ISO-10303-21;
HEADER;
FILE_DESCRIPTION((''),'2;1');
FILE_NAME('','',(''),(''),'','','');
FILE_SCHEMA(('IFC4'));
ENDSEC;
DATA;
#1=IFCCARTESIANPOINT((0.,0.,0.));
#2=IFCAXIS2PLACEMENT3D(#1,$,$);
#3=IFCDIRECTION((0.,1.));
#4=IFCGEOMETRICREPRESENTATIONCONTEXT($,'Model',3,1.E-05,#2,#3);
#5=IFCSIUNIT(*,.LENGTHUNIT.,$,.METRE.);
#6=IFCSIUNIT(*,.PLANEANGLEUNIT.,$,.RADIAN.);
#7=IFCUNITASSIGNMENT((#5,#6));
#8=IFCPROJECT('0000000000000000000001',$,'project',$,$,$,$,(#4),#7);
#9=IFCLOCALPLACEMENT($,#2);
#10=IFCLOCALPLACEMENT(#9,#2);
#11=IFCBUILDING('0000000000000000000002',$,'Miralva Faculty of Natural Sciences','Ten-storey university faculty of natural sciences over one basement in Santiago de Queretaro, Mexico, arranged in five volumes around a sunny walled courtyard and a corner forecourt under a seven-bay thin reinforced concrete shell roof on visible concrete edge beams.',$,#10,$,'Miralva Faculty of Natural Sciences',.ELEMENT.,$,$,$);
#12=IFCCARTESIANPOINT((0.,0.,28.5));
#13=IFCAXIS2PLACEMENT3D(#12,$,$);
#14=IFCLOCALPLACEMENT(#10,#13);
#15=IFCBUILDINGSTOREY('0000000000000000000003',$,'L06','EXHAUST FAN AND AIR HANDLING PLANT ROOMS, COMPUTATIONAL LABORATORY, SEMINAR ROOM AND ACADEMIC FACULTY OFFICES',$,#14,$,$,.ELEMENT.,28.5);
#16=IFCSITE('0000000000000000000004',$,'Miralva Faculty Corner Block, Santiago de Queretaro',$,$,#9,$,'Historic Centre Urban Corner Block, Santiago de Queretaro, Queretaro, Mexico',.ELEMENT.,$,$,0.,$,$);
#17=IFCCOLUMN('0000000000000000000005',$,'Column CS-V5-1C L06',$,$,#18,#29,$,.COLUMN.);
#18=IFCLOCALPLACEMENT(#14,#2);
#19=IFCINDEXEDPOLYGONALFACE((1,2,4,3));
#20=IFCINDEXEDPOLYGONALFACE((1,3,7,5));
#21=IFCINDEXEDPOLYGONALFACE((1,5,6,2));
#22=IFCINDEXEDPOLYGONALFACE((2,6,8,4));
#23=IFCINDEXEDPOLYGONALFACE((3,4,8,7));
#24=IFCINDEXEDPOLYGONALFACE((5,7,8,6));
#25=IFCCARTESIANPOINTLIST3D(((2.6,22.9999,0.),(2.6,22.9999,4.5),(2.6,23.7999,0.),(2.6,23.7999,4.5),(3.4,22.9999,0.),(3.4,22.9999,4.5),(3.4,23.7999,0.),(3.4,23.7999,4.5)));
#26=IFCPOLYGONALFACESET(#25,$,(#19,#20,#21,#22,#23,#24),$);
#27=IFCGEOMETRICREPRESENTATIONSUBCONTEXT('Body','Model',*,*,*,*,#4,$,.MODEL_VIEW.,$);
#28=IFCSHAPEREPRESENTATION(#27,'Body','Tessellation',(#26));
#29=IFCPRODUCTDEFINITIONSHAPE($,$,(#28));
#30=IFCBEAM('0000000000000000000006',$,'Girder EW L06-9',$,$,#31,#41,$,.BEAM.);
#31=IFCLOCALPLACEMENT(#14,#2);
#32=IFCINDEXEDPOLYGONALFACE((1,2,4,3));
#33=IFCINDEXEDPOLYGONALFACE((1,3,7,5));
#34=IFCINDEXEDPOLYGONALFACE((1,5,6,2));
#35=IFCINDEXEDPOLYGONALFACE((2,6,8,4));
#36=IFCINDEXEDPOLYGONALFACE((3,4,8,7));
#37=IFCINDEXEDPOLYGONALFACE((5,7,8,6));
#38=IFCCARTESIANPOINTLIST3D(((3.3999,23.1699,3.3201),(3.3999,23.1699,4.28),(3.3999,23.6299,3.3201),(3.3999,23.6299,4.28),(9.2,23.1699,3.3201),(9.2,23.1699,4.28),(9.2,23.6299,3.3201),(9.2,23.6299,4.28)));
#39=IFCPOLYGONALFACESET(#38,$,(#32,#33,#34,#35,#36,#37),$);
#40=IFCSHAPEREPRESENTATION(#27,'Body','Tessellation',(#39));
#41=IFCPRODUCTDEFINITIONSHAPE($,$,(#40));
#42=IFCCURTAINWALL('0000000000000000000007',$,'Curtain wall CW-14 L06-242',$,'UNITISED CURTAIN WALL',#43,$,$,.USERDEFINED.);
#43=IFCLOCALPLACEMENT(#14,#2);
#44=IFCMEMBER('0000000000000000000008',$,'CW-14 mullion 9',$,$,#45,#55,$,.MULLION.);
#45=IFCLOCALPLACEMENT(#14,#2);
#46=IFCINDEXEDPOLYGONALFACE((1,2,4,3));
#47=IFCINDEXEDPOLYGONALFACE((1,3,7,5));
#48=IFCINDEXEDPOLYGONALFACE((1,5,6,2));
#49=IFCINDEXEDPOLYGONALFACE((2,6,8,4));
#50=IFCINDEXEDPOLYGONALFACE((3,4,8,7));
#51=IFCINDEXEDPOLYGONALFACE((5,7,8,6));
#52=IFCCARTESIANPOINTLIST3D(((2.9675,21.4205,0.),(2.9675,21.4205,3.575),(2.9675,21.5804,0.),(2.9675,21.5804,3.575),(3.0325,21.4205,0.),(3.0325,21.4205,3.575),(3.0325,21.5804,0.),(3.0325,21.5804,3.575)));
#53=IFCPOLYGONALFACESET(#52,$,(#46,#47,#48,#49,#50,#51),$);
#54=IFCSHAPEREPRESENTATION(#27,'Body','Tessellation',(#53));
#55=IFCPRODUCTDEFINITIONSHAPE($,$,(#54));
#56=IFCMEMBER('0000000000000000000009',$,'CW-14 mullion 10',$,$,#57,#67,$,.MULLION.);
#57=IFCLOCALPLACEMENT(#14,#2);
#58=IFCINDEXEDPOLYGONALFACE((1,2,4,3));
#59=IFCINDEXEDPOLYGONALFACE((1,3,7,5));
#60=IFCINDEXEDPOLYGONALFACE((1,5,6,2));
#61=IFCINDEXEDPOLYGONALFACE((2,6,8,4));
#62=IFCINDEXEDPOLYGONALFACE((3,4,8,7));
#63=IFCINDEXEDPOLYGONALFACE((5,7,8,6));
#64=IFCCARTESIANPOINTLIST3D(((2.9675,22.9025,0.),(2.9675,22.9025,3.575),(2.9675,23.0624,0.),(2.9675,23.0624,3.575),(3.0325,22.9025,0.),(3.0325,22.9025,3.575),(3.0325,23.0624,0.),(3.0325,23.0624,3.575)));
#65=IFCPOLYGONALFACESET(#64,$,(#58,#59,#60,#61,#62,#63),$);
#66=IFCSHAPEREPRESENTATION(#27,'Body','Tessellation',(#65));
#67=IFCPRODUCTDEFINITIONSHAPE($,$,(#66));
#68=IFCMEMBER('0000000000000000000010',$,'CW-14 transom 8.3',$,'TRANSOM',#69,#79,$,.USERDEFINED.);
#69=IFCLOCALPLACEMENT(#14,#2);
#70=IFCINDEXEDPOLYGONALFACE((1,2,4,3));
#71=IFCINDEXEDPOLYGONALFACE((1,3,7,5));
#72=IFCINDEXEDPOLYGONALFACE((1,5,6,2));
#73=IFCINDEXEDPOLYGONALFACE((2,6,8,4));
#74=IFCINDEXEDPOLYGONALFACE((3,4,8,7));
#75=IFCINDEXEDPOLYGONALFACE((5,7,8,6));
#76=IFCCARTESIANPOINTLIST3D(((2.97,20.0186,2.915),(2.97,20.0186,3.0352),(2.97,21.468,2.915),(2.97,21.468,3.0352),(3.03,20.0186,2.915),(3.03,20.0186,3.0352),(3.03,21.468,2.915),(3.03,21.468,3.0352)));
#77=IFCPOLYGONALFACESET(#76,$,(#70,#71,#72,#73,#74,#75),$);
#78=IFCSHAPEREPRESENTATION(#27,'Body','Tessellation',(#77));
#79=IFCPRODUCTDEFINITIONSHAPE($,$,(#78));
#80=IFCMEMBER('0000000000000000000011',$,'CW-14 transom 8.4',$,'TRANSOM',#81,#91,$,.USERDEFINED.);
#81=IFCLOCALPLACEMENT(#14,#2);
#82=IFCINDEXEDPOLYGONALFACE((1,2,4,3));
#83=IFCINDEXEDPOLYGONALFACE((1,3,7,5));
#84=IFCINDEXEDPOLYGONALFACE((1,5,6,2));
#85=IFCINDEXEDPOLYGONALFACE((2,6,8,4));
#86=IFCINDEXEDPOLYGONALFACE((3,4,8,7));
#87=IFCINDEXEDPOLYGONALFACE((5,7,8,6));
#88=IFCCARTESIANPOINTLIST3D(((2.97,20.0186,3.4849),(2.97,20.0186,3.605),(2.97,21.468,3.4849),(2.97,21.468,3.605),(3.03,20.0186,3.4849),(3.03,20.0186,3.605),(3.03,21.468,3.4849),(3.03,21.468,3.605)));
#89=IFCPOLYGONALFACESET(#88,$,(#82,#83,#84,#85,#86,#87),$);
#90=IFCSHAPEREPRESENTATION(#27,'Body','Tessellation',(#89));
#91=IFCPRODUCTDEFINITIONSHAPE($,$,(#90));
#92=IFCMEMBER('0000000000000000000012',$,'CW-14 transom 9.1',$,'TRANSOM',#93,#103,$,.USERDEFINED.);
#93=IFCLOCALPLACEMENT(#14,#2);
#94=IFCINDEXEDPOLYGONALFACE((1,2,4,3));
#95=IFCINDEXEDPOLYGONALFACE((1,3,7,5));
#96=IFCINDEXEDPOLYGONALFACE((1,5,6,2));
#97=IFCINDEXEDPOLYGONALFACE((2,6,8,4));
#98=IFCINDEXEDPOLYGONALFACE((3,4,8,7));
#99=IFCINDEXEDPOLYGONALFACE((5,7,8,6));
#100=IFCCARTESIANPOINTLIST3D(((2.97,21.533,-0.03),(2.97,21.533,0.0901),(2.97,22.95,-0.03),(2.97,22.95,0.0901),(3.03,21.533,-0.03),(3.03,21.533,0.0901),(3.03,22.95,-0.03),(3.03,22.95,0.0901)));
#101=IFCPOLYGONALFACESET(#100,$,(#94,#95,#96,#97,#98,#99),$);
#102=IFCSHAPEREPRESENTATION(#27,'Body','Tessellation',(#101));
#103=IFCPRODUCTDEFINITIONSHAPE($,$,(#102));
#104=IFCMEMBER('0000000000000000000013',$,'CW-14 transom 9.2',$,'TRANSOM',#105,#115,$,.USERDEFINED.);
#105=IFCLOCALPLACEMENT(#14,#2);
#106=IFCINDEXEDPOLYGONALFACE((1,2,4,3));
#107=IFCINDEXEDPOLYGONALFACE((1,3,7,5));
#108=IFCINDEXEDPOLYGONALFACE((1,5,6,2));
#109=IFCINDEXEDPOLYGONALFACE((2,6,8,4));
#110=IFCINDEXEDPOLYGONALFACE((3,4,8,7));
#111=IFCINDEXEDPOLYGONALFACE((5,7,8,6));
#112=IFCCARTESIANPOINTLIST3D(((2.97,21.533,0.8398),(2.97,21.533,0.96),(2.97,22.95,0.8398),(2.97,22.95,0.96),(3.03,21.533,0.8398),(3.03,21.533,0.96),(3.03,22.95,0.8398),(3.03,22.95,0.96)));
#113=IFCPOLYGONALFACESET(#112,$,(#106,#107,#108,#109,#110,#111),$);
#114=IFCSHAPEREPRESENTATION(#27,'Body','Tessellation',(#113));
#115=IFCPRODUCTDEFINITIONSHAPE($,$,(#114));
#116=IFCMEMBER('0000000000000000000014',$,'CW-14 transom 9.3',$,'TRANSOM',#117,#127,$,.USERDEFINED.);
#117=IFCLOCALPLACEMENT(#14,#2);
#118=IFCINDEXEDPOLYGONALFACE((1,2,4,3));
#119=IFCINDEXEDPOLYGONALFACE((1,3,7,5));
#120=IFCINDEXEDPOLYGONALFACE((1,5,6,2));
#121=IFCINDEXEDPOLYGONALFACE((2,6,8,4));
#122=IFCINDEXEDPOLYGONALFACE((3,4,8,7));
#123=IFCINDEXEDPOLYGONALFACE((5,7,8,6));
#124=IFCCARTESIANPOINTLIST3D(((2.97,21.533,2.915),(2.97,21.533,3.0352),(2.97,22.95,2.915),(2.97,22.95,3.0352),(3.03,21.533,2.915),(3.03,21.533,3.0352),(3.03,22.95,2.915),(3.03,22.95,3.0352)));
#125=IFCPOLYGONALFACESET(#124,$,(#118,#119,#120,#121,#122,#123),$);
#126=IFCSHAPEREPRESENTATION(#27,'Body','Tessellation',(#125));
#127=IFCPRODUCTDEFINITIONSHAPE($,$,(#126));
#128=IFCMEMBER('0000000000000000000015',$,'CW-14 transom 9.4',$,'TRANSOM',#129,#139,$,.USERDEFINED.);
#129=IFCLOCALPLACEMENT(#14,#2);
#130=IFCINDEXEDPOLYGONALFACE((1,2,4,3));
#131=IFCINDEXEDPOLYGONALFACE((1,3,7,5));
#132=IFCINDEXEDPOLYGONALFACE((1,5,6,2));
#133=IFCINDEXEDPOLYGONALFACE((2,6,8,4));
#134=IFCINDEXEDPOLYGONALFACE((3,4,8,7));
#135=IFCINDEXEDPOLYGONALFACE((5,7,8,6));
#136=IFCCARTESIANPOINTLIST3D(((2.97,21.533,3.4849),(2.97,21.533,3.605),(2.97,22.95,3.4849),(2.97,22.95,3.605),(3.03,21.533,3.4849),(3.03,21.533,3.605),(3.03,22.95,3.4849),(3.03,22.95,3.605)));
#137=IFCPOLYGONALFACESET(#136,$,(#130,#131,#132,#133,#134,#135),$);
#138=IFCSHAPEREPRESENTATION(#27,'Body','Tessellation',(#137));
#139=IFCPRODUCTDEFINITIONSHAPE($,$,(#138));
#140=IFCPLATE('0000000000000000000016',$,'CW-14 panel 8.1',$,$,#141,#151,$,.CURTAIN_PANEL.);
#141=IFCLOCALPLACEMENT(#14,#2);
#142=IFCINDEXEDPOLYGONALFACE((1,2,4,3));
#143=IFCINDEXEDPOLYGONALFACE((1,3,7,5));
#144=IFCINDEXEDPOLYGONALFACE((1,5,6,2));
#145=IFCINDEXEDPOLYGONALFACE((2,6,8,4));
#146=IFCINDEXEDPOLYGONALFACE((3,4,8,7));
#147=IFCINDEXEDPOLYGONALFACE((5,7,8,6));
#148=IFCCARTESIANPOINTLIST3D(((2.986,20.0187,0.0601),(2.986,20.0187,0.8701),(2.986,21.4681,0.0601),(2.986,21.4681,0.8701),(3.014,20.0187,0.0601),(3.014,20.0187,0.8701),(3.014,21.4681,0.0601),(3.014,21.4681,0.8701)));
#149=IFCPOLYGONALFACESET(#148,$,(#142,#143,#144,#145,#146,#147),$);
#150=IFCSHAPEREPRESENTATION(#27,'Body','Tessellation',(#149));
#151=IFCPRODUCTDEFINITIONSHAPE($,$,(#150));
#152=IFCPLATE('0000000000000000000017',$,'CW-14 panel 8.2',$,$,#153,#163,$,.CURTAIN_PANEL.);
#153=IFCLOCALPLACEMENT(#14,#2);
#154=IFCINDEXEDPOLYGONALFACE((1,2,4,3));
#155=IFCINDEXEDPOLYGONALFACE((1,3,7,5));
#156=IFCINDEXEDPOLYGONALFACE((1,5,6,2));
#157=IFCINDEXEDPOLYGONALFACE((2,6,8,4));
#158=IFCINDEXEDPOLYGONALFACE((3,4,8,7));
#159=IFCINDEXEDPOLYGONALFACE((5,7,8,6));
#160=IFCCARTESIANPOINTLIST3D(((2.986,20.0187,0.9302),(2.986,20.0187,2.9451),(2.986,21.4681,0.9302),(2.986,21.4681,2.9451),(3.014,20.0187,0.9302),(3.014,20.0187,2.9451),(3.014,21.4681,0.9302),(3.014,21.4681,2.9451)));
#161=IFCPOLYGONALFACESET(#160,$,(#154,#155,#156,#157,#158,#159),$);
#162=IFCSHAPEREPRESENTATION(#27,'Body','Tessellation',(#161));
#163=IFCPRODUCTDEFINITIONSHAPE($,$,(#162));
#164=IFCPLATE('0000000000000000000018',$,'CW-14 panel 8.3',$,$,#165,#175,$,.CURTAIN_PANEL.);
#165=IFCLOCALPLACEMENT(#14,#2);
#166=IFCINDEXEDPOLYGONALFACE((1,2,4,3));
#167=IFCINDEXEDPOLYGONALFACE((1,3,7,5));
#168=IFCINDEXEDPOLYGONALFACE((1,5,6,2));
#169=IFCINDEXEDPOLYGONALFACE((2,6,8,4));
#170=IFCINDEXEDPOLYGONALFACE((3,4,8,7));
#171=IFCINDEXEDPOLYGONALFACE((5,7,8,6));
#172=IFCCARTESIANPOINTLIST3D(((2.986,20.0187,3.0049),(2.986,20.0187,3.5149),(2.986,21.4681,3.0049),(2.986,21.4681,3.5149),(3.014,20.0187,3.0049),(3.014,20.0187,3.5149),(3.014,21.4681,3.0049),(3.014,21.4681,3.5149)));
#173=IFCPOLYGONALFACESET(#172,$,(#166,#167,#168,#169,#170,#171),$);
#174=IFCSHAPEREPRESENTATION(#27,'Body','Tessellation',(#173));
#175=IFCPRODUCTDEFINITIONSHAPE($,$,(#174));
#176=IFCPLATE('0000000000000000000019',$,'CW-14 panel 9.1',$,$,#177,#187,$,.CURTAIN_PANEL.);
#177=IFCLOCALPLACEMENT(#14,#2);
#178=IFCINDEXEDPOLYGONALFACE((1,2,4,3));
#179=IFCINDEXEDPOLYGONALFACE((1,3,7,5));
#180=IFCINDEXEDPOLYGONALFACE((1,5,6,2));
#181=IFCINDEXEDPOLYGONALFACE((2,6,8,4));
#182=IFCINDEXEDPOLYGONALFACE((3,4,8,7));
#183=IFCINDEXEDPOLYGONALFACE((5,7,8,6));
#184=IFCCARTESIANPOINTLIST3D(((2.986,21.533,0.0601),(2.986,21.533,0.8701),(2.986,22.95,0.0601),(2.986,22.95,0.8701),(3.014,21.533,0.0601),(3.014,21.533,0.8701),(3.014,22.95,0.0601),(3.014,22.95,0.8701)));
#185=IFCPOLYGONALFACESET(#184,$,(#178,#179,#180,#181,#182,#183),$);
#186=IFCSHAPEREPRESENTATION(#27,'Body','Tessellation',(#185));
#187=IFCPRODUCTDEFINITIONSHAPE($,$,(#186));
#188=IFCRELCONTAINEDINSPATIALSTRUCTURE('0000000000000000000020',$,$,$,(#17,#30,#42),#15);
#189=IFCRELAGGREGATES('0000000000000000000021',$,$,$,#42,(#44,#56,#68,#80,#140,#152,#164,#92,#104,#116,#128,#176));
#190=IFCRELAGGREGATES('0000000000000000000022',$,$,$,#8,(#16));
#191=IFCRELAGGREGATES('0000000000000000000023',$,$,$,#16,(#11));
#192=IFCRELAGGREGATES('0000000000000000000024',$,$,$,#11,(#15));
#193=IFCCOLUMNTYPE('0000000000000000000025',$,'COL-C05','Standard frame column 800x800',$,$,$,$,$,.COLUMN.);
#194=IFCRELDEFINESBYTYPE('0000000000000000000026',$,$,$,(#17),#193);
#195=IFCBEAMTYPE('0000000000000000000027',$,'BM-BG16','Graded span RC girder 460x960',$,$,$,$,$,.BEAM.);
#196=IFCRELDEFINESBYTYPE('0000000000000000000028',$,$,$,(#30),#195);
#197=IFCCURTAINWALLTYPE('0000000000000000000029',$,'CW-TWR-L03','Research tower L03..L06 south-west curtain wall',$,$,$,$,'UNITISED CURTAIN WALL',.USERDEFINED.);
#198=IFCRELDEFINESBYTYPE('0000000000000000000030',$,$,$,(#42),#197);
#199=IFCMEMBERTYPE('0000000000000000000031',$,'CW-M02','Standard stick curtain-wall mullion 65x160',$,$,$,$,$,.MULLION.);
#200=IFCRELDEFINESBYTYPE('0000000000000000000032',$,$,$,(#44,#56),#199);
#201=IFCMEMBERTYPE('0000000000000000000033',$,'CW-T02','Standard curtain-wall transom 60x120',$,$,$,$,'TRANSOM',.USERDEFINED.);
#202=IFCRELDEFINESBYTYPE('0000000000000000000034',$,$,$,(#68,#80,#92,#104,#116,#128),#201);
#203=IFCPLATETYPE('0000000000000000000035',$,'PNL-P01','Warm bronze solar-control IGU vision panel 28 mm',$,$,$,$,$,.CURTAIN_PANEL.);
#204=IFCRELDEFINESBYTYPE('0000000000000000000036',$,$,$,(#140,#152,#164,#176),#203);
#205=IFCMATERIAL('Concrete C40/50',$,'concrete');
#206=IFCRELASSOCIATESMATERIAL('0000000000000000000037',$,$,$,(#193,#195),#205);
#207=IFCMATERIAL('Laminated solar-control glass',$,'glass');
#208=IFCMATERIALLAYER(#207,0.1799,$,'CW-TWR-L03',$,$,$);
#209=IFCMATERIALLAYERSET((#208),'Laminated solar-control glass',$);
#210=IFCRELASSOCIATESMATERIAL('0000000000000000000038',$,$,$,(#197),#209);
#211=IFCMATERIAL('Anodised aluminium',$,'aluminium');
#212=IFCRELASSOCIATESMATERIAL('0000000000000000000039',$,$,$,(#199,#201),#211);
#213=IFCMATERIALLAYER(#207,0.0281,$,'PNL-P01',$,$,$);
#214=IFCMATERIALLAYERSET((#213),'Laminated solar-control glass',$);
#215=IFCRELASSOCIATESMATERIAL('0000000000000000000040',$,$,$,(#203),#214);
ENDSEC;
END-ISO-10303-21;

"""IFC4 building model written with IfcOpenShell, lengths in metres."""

from ifc_helpers import new_model, si_unit, direction, frame, origin, origin_2d, place, context, subcontext, project, spatial, rectangle, extrude, material, layer, layer_set, material_profile, profile_set, type_object, element, aggregate, save


model = new_model("IFC4")

# Units and contexts
model_context = context("Model", 3, precision=1e-05, world=origin(), true_north=direction((0.0, 1.0)))
body_context = subcontext(model_context, "Body", "Model", "MODEL_VIEW")
ifc_project = project(units=[si_unit("LENGTHUNIT", "METRE"), si_unit("PLANEANGLEUNIT", "RADIAN")], contexts=[model_context])

# Site, building, storey
site_placement = place(None, origin())
site = spatial("IfcSite", under=ifc_project, at=site_placement, Name="Miralva Faculty Corner Block, Santiago de Queretaro", LongName="Historic Centre Urban Corner Block, Santiago de Queretaro, Queretaro, Mexico", CompositionType="ELEMENT", RefElevation=0.0)
building_placement = place(site_placement, origin())
building = spatial("IfcBuilding", under=site, at=building_placement, Name="Miralva Faculty of Natural Sciences", Description="Ten-storey university faculty of natural sciences over one basement in Santiago de Queretaro, Mexico, arranged in five volumes around a sunny walled courtyard and a corner forecourt under a seven-bay thin reinforced concrete shell roof on visible concrete edge beams.", LongName="Miralva Faculty of Natural Sciences", CompositionType="ELEMENT")
storey_placement = place(building_placement, frame((0.0, 0.0, 28.5)))
storey = spatial("IfcBuildingStorey", under=building, at=storey_placement, Name="L06", Description="EXHAUST FAN AND AIR HANDLING PLANT ROOMS, COMPUTATIONAL LABORATORY, SEMINAR ROOM AND ACADEMIC FACULTY OFFICES", CompositionType="ELEMENT", Elevation=28.5)

# Column
ifc_material_1 = material(Name="Concrete C40/50", Category="concrete")
ifc_material_profile_1 = material_profile(ifc_material_1, rectangle(XDim=0.8, YDim=0.8, at=origin_2d()), Name="RC 800x800")
ifc_profile_set_1 = profile_set([ifc_material_profile_1], Name="Concrete C40/50")
column_type = type_object("IfcColumnType", Name="COL-C05", Description="Standard frame column 800x800", PredefinedType="COLUMN", material=ifc_profile_set_1)
column_placement = place(storey_placement, frame((3.0, 23.3999, 0.0), z_axis=(0.0, 0.0, 1.0), x_axis=(1.0, 0.0, 0.0)))
element("IfcColumn", 1, at=column_placement, inside=storey, type_object=column_type, Name="Column CS-V5-1C L06", PredefinedType="COLUMN", context=body_context, shape_type="SweptSolid", body=[
    extrude(rectangle(XDim=0.8, YDim=0.8, at=origin_2d()), origin(), (0.0, 0.0, 1.0), 4.5),
])

# Beam
ifc_material_profile_2 = material_profile(ifc_material_1, rectangle(XDim=0.46, YDim=0.96, at=origin_2d()), Name="RC 460x960")
ifc_profile_set_2 = profile_set([ifc_material_profile_2], Name="Concrete C40/50")
beam_type = type_object("IfcBeamType", Name="BM-BG16", Description="Graded span RC girder 460x960", PredefinedType="BEAM", material=ifc_profile_set_2)
beam_placement = place(storey_placement, frame((3.3999, 23.3999, 3.8), z_axis=(1.0, 0.0, 0.0), x_axis=(0.0, 1.0, 0.0)))
element("IfcBeam", 2, at=beam_placement, inside=storey, type_object=beam_type, Name="Girder EW L06-9", PredefinedType="BEAM", context=body_context, shape_type="SweptSolid", body=[
    extrude(rectangle(XDim=0.46, YDim=0.96, at=origin_2d()), origin(), (0.0, 0.0, 1.0), 5.8),
])

# Curtain wall, members, plates
ifc_material_2 = material(Name="Laminated solar-control glass", Category="glass")
ifc_layer_1 = layer(ifc_material_2, 0.1799, Name="CW-TWR-L03")
ifc_layer_set_1 = layer_set([ifc_layer_1], Name="Laminated solar-control glass")
curtain_wall_type = type_object("IfcCurtainWallType", Name="CW-TWR-L03", Description="Research tower L03..L06 south-west curtain wall", ElementType="UNITISED CURTAIN WALL", PredefinedType="USERDEFINED", material=ifc_layer_set_1)
curtain_wall_placement = place(storey_placement, origin())
curtain_wall = element("IfcCurtainWall", 3, at=curtain_wall_placement, inside=storey, type_object=curtain_wall_type, Name="Curtain wall CW-14 L06-242", ObjectType="UNITISED CURTAIN WALL", PredefinedType="USERDEFINED")
ifc_material_3 = material(Name="Anodised aluminium", Category="aluminium")
ifc_material_profile_3 = material_profile(ifc_material_3, rectangle(XDim=0.0649, YDim=0.1599, at=origin_2d()), Name="MULLION 65x160")
ifc_profile_set_3 = profile_set([ifc_material_profile_3], Name="Anodised aluminium")
member_type_1 = type_object("IfcMemberType", Name="CW-M02", Description="Standard stick curtain-wall mullion 65x160", PredefinedType="MULLION", material=ifc_profile_set_3)
member_1_placement = place(storey_placement, frame((3.0, 21.5005, 0.0), z_axis=(0.0, 0.0, 1.0), x_axis=(-1.0, 0.0, 0.0)))
member_1 = element("IfcMember", 4, at=member_1_placement, type_object=member_type_1, Name="CW-14 mullion 9", PredefinedType="MULLION", context=body_context, shape_type="SweptSolid", body=[
    extrude(rectangle(XDim=0.0649, YDim=0.1599, at=origin_2d()), origin(), (0.0, 0.0, 1.0), 3.575),
])
member_2_placement = place(storey_placement, frame((3.0, 22.9824, 0.0), z_axis=(0.0, 0.0, 1.0), x_axis=(-1.0, 0.0, 0.0)))
member_2 = element("IfcMember", 5, at=member_2_placement, type_object=member_type_1, Name="CW-14 mullion 10", PredefinedType="MULLION", context=body_context, shape_type="SweptSolid", body=[
    extrude(rectangle(XDim=0.0649, YDim=0.1599, at=origin_2d()), origin(), (0.0, 0.0, 1.0), 3.575),
])
ifc_material_profile_4 = material_profile(ifc_material_3, rectangle(XDim=0.0601, YDim=0.1201, at=origin_2d()), Name="TRANSOM 60x120")
ifc_profile_set_4 = profile_set([ifc_material_profile_4], Name="Anodised aluminium")
member_type_2 = type_object("IfcMemberType", Name="CW-T02", Description="Standard curtain-wall transom 60x120", ElementType="TRANSOM", PredefinedType="USERDEFINED", material=ifc_profile_set_4)
member_3_placement = place(storey_placement, frame((3.0, 20.0186, 2.9751), z_axis=(0.0, 1.0, 0.0), x_axis=(-1.0, 0.0, 0.0)))
member_3 = element("IfcMember", 6, at=member_3_placement, type_object=member_type_2, Name="CW-14 transom 8.3", ObjectType="TRANSOM", PredefinedType="USERDEFINED", context=body_context, shape_type="SweptSolid", body=[
    extrude(rectangle(XDim=0.0601, YDim=0.1201, at=origin_2d()), origin(), (0.0, 0.0, 1.0), 1.4495),
])
member_4_placement = place(storey_placement, frame((3.0, 20.0186, 3.5449), z_axis=(0.0, 1.0, 0.0), x_axis=(-1.0, 0.0, 0.0)))
member_4 = element("IfcMember", 7, at=member_4_placement, type_object=member_type_2, Name="CW-14 transom 8.4", ObjectType="TRANSOM", PredefinedType="USERDEFINED", context=body_context, shape_type="SweptSolid", body=[
    extrude(rectangle(XDim=0.0601, YDim=0.1201, at=origin_2d()), origin(), (0.0, 0.0, 1.0), 1.4495),
])
member_5_placement = place(storey_placement, frame((3.0, 21.533, 0.03), z_axis=(0.0, 1.0, 0.0), x_axis=(-1.0, 0.0, 0.0)))
member_5 = element("IfcMember", 8, at=member_5_placement, type_object=member_type_2, Name="CW-14 transom 9.1", ObjectType="TRANSOM", PredefinedType="USERDEFINED", context=body_context, shape_type="SweptSolid", body=[
    extrude(rectangle(XDim=0.0601, YDim=0.1201, at=origin_2d()), origin(), (0.0, 0.0, 1.0), 1.417),
])
member_6_placement = place(storey_placement, frame((3.0, 21.533, 0.8999), z_axis=(0.0, 1.0, 0.0), x_axis=(-1.0, 0.0, 0.0)))
member_6 = element("IfcMember", 9, at=member_6_placement, type_object=member_type_2, Name="CW-14 transom 9.2", ObjectType="TRANSOM", PredefinedType="USERDEFINED", context=body_context, shape_type="SweptSolid", body=[
    extrude(rectangle(XDim=0.0601, YDim=0.1201, at=origin_2d()), origin(), (0.0, 0.0, 1.0), 1.417),
])
member_7_placement = place(storey_placement, frame((3.0, 21.533, 2.9751), z_axis=(0.0, 1.0, 0.0), x_axis=(-1.0, 0.0, 0.0)))
member_7 = element("IfcMember", 10, at=member_7_placement, type_object=member_type_2, Name="CW-14 transom 9.3", ObjectType="TRANSOM", PredefinedType="USERDEFINED", context=body_context, shape_type="SweptSolid", body=[
    extrude(rectangle(XDim=0.0601, YDim=0.1201, at=origin_2d()), origin(), (0.0, 0.0, 1.0), 1.417),
])
member_8_placement = place(storey_placement, frame((3.0, 21.533, 3.5449), z_axis=(0.0, 1.0, 0.0), x_axis=(-1.0, 0.0, 0.0)))
member_8 = element("IfcMember", 11, at=member_8_placement, type_object=member_type_2, Name="CW-14 transom 9.4", ObjectType="TRANSOM", PredefinedType="USERDEFINED", context=body_context, shape_type="SweptSolid", body=[
    extrude(rectangle(XDim=0.0601, YDim=0.1201, at=origin_2d()), origin(), (0.0, 0.0, 1.0), 1.417),
])
ifc_layer_2 = layer(ifc_material_2, 0.0281, Name="PNL-P01")
ifc_layer_set_2 = layer_set([ifc_layer_2], Name="Laminated solar-control glass")
plate_type = type_object("IfcPlateType", Name="PNL-P01", Description="Warm bronze solar-control IGU vision panel 28 mm", PredefinedType="CURTAIN_PANEL", material=ifc_layer_set_2)
plate_1_placement = place(storey_placement, frame((3.0, 20.7434, 0.0601), z_axis=(0.0, 0.0, 1.0), x_axis=(0.0, 1.0, 0.0)))
plate_1 = element("IfcPlate", 12, at=plate_1_placement, type_object=plate_type, Name="CW-14 panel 8.1", PredefinedType="CURTAIN_PANEL", context=body_context, shape_type="SweptSolid", body=[
    extrude(rectangle(XDim=1.4495, YDim=0.0281, at=origin_2d()), origin(), (0.0, 0.0, 1.0), 0.8101),
])
plate_2_placement = place(storey_placement, frame((3.0, 20.7434, 0.9302), z_axis=(0.0, 0.0, 1.0), x_axis=(0.0, 1.0, 0.0)))
plate_2 = element("IfcPlate", 13, at=plate_2_placement, type_object=plate_type, Name="CW-14 panel 8.2", PredefinedType="CURTAIN_PANEL", context=body_context, shape_type="SweptSolid", body=[
    extrude(rectangle(XDim=1.4495, YDim=0.0281, at=origin_2d()), origin(), (0.0, 0.0, 1.0), 2.0149),
])
plate_3_placement = place(storey_placement, frame((3.0, 20.7434, 3.0049), z_axis=(0.0, 0.0, 1.0), x_axis=(0.0, 1.0, 0.0)))
plate_3 = element("IfcPlate", 14, at=plate_3_placement, type_object=plate_type, Name="CW-14 panel 8.3", PredefinedType="CURTAIN_PANEL", context=body_context, shape_type="SweptSolid", body=[
    extrude(rectangle(XDim=1.4495, YDim=0.0281, at=origin_2d()), origin(), (0.0, 0.0, 1.0), 0.51),
])
plate_4_placement = place(storey_placement, frame((3.0, 22.2415, 0.0601), z_axis=(0.0, 0.0, 1.0), x_axis=(0.0, 1.0, 0.0)))
plate_4 = element("IfcPlate", 15, at=plate_4_placement, type_object=plate_type, Name="CW-14 panel 9.1", PredefinedType="CURTAIN_PANEL", context=body_context, shape_type="SweptSolid", body=[
    extrude(rectangle(XDim=1.417, YDim=0.0281, at=origin_2d()), origin(), (0.0, 0.0, 1.0), 0.8101),
])
aggregate(curtain_wall, [member_1, member_2, member_3, member_4, plate_1, plate_2, plate_3, member_5, member_6, member_7, member_8, plate_4])

save(model, "model.ifc")
